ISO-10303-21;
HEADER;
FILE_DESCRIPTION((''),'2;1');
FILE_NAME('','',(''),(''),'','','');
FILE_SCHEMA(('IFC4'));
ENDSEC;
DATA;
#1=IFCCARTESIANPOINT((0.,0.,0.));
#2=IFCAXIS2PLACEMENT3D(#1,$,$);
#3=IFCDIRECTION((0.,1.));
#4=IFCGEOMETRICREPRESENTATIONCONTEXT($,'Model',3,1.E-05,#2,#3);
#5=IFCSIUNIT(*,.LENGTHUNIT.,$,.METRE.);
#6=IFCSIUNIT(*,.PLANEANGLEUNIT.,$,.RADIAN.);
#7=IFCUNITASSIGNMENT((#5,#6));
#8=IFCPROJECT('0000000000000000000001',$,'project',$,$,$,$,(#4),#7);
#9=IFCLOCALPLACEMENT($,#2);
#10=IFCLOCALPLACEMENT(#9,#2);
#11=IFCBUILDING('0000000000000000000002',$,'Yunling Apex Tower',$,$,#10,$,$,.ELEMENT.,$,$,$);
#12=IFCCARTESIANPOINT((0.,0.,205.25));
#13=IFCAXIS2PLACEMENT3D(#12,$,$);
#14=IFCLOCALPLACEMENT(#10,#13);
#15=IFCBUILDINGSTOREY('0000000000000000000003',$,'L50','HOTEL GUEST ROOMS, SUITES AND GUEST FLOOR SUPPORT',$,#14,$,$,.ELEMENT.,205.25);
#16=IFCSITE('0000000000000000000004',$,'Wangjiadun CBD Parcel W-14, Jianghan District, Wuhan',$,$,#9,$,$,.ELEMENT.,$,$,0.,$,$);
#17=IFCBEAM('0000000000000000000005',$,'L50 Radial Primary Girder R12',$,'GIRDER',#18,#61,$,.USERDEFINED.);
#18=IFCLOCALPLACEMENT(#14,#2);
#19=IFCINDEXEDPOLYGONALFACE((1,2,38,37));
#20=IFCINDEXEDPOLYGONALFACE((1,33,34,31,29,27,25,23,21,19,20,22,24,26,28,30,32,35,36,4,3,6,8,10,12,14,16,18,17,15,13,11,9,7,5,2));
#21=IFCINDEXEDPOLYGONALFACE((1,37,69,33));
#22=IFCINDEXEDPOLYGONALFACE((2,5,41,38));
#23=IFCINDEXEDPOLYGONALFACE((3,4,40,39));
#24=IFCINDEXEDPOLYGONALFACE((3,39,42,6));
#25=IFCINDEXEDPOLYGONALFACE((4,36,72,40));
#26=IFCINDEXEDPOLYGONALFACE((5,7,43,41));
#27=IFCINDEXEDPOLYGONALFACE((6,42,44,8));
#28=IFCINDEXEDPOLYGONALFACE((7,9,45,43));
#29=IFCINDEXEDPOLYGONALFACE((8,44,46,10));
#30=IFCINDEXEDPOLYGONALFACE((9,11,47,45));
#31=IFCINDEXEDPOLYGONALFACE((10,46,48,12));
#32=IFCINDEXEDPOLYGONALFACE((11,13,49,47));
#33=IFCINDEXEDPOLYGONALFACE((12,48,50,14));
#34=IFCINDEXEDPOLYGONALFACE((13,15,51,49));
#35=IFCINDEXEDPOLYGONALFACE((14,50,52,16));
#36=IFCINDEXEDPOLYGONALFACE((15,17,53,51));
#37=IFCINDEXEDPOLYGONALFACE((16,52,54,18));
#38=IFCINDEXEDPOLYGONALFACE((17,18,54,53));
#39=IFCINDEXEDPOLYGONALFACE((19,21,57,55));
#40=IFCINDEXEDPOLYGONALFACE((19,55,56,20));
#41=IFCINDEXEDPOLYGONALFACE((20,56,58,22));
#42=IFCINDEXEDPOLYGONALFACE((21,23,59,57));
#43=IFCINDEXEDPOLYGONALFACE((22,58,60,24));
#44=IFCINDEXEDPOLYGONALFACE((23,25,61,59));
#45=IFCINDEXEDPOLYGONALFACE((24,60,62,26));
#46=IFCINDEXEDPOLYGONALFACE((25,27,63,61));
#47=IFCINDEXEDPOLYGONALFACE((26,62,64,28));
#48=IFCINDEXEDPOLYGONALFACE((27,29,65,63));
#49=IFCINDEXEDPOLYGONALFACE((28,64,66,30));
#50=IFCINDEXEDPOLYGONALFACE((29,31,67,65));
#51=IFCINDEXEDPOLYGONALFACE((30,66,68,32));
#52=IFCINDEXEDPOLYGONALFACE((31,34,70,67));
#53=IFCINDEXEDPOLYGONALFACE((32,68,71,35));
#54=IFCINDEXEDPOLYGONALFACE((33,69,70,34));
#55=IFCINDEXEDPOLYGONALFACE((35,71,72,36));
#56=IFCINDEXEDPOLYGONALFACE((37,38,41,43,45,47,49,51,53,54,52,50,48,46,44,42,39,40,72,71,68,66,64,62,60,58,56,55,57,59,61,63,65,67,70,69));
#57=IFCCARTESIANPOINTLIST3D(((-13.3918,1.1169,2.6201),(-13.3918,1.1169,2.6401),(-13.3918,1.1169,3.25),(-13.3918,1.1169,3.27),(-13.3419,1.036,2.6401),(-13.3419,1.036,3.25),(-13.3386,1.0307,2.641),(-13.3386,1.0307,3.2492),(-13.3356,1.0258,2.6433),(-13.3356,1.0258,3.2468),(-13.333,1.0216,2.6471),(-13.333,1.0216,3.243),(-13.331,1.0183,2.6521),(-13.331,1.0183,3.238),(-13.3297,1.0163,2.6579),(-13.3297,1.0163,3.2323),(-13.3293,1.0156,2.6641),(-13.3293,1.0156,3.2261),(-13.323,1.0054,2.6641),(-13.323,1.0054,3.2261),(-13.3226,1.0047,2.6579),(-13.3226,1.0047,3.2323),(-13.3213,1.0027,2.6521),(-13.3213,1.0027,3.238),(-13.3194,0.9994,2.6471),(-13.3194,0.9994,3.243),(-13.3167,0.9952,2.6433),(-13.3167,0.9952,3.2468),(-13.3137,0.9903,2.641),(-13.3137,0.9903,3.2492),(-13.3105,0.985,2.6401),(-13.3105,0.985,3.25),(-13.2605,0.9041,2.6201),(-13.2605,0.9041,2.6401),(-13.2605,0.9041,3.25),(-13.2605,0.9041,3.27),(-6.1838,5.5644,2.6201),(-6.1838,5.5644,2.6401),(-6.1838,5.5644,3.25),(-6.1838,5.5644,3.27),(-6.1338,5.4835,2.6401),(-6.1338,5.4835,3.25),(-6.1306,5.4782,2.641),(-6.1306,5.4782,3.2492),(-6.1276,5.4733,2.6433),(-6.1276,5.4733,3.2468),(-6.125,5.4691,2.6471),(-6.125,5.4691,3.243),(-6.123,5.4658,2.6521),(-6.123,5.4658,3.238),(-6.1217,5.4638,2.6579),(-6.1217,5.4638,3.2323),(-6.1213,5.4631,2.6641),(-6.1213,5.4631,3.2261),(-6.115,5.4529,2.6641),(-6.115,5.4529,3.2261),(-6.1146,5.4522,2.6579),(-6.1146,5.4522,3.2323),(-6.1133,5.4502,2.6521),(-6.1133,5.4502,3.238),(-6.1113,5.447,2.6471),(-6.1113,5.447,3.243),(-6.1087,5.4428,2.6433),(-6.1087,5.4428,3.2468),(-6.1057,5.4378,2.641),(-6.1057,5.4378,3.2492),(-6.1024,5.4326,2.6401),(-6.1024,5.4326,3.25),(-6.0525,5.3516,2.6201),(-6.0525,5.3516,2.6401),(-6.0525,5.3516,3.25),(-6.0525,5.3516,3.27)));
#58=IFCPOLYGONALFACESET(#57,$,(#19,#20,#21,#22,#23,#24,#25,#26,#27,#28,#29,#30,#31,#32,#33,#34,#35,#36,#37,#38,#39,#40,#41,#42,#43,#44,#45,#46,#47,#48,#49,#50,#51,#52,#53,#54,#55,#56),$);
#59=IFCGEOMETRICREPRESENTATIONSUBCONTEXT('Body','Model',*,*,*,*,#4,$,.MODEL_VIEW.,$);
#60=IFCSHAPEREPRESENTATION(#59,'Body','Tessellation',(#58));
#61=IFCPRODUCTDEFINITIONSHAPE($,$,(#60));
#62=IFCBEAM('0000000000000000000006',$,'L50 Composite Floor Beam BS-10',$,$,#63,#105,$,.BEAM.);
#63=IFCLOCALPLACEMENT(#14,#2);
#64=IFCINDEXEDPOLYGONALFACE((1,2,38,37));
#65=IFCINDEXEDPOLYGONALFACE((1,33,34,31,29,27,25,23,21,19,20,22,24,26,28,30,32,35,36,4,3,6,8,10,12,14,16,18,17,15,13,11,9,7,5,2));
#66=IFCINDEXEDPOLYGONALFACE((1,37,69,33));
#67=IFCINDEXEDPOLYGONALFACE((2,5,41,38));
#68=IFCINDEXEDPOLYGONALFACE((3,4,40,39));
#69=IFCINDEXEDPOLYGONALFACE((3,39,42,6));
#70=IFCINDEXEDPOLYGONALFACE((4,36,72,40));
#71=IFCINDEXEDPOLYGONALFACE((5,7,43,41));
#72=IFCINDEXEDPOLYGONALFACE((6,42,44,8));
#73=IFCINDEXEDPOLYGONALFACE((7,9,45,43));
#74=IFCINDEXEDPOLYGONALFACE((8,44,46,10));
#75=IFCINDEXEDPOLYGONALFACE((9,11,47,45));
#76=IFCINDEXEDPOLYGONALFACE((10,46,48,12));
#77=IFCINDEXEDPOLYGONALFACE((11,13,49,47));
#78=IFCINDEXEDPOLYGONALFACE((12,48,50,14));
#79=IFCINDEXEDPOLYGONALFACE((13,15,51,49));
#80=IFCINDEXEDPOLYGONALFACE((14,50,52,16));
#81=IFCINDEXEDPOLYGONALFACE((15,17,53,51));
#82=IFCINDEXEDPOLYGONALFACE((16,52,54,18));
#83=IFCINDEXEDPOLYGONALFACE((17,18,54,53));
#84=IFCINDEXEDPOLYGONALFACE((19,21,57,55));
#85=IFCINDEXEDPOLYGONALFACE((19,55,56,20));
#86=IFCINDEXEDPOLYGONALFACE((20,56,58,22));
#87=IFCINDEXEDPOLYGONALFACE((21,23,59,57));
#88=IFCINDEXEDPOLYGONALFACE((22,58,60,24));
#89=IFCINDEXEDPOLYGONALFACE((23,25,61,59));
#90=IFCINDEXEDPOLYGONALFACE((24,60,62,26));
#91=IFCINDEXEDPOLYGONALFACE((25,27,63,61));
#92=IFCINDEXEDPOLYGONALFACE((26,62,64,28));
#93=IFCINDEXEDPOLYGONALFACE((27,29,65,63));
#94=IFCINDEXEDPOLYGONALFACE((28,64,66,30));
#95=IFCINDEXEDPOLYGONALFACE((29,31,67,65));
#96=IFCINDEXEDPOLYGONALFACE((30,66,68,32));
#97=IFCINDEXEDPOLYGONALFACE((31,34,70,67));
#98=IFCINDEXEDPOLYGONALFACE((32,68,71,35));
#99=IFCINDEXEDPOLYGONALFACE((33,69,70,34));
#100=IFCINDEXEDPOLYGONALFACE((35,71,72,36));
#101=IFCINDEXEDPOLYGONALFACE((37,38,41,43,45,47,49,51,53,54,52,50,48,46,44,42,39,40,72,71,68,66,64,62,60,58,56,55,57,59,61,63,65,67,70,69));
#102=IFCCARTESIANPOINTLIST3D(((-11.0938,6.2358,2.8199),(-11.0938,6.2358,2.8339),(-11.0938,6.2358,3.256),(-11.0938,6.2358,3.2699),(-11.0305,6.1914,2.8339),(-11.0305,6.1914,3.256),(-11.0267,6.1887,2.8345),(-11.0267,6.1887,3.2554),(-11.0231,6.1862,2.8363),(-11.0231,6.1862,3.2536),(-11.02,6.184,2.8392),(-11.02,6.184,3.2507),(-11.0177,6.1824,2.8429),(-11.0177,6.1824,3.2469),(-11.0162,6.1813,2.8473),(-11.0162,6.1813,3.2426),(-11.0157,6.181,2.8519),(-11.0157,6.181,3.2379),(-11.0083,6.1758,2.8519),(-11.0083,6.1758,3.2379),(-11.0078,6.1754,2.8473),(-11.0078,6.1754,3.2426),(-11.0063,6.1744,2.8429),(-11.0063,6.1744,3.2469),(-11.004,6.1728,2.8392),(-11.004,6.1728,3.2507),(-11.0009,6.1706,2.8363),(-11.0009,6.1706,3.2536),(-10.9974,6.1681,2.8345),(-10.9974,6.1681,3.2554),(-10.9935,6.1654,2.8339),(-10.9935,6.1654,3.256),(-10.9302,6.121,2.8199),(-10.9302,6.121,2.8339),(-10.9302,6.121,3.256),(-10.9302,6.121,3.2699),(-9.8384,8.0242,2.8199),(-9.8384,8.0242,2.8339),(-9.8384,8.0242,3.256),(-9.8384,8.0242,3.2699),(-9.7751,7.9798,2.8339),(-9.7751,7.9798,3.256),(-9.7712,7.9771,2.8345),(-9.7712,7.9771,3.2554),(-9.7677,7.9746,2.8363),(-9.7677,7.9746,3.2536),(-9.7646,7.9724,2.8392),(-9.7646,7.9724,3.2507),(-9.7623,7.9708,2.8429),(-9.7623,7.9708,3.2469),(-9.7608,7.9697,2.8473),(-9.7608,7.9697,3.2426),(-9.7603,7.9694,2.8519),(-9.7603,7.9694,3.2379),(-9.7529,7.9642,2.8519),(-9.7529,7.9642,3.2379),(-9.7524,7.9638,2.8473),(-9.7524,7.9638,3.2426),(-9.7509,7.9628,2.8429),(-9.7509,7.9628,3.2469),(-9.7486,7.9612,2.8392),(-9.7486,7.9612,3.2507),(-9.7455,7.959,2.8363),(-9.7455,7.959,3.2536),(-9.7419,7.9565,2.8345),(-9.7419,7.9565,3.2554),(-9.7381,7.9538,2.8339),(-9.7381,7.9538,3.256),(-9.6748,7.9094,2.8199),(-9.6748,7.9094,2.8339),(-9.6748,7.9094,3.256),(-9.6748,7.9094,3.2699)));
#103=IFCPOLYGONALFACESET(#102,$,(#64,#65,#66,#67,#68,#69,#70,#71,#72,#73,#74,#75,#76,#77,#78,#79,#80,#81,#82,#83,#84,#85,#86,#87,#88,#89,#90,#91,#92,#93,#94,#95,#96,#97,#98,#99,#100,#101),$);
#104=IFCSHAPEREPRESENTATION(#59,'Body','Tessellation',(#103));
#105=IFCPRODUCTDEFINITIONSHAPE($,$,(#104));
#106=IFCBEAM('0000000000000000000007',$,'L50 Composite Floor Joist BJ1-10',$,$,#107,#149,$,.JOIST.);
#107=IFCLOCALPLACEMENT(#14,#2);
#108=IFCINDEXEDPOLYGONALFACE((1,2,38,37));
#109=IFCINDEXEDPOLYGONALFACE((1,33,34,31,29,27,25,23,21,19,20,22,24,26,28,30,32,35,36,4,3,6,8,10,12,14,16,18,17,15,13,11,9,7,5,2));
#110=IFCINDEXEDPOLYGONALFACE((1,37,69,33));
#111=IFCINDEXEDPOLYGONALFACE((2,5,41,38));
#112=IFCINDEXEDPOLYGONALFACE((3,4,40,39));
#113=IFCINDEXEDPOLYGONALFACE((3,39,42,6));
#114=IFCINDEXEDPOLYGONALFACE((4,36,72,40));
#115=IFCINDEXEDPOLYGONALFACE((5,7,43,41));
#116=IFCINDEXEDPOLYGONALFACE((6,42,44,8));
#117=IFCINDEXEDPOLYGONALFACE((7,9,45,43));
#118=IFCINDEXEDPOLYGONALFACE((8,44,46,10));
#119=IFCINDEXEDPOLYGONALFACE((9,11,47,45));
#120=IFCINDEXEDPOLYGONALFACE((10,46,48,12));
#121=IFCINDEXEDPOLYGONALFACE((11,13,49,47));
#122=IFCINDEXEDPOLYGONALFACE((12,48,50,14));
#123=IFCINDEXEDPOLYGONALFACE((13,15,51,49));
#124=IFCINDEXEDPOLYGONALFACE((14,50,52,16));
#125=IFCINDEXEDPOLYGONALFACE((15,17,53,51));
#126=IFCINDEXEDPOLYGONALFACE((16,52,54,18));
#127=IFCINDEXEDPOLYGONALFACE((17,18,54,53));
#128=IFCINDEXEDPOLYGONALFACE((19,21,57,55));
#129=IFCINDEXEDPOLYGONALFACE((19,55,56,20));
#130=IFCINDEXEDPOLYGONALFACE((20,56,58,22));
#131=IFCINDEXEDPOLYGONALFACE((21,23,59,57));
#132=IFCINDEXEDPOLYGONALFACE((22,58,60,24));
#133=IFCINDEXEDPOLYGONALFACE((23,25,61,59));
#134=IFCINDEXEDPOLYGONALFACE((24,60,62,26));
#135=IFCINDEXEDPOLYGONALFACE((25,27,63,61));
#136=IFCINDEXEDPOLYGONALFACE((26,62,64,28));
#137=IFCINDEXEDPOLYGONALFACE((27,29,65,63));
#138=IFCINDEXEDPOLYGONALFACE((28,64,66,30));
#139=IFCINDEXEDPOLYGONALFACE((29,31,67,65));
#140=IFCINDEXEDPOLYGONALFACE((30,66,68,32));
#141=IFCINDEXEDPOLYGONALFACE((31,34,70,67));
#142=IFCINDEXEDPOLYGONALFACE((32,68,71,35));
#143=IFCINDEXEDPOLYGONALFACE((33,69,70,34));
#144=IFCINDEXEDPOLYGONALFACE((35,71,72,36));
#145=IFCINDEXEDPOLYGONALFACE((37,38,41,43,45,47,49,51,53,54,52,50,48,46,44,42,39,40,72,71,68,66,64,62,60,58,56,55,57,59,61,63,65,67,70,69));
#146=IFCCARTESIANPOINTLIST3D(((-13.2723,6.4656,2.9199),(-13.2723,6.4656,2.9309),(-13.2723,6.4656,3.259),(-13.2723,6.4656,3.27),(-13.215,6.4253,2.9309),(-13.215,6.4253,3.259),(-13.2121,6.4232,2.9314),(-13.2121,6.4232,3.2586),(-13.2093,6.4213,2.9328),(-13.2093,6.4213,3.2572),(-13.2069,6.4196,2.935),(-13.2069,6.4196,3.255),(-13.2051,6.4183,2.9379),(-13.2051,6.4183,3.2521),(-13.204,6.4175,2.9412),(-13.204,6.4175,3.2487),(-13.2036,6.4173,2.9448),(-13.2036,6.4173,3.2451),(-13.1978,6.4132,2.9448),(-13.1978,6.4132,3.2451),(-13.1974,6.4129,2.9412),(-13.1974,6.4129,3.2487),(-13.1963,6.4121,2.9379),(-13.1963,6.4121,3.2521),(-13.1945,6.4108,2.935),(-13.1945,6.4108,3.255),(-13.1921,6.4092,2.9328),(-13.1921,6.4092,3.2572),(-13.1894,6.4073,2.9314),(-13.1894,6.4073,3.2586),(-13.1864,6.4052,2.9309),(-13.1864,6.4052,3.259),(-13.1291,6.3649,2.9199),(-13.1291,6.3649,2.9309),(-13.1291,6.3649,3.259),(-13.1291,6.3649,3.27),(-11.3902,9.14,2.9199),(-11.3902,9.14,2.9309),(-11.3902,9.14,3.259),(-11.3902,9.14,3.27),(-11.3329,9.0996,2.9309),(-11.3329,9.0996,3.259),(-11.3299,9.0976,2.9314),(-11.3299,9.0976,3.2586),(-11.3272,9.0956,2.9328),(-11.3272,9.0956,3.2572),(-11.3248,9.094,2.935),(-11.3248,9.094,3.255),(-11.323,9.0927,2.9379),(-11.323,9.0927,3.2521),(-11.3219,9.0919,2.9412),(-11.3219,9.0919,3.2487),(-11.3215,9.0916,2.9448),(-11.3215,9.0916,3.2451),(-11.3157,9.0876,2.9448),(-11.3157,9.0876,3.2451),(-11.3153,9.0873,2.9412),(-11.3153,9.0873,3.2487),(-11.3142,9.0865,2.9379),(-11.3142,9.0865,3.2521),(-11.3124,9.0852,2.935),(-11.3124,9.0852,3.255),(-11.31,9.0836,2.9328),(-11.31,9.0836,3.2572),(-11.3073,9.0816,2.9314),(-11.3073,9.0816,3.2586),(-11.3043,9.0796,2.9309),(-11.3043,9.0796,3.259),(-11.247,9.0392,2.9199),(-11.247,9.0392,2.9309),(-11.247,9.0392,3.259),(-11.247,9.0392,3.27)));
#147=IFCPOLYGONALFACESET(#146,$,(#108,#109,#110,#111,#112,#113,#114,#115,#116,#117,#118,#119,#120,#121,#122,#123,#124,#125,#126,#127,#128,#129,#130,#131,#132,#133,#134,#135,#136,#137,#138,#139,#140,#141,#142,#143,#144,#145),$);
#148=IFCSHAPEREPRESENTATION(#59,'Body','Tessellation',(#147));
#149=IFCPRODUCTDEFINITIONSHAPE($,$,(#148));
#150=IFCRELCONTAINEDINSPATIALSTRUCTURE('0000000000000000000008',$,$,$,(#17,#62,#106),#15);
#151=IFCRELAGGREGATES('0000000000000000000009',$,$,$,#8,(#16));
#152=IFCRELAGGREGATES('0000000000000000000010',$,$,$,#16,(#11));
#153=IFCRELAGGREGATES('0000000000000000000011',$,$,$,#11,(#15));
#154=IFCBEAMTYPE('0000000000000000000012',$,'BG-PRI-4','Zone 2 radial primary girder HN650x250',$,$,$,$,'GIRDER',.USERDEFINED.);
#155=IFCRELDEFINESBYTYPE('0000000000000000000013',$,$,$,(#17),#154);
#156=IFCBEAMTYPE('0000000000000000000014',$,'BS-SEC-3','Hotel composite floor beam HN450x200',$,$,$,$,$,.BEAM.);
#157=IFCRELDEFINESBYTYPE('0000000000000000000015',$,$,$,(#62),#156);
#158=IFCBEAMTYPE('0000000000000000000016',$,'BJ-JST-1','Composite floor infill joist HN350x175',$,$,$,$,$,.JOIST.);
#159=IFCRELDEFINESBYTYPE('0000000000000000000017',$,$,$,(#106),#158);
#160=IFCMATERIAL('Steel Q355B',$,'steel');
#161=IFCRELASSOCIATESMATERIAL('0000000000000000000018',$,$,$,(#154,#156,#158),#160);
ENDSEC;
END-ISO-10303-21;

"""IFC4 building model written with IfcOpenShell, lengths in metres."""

from ifc_helpers import new_model, si_unit, direction, frame, origin, origin_2d, place, context, subcontext, project, spatial, i_section, extrude, source, transform, mapped, material, material_profile, profile_set, type_object, element, save


model = new_model("IFC4")

# Units and contexts
model_context = context("Model", 3, precision=1e-05, world=origin(), true_north=direction((0.0, 1.0)))
body_context = subcontext(model_context, "Body", "Model", "MODEL_VIEW")
ifc_project = project(units=[si_unit("LENGTHUNIT", "METRE"), si_unit("PLANEANGLEUNIT", "RADIAN")], contexts=[model_context])

# Site, building, storey
site_placement = place(None, origin())
site = spatial("IfcSite", under=ifc_project, at=site_placement, Name="Wangjiadun CBD Parcel W-14, Jianghan District, Wuhan", CompositionType="ELEMENT", RefElevation=0.0)
building_placement = place(site_placement, origin())
building = spatial("IfcBuilding", under=site, at=building_placement, Name="Yunling Apex Tower", CompositionType="ELEMENT")
storey_placement = place(building_placement, frame((0.0, 0.0, 205.25)))
storey = spatial("IfcBuildingStorey", under=building, at=storey_placement, Name="L50", Description="HOTEL GUEST ROOMS, SUITES AND GUEST FLOOR SUPPORT", CompositionType="ELEMENT", Elevation=205.25)

# Beams
ifc_material_1 = material(Name="Steel Q355B", Category="steel")
ifc_material_profile_1 = material_profile(ifc_material_1, i_section(OverallWidth=0.25, OverallDepth=0.6499, WebThickness=0.012, FlangeThickness=0.02, FilletRadius=0.0239, at=origin_2d()))
ifc_profile_set_1 = profile_set([ifc_material_profile_1], Name="Steel Q355B")
beam_type_1 = type_object("IfcBeamType", Name="BG-PRI-4", Description="Zone 2 radial primary girder HN650x250", ElementType="GIRDER", PredefinedType="USERDEFINED", material=ifc_profile_set_1)
shared_shape_1 = source(origin(), body_context, "Body", "SweptSolid", [
    extrude(i_section(OverallWidth=0.25, OverallDepth=0.6499, WebThickness=0.012, FlangeThickness=0.02, FilletRadius=0.0239, at=origin_2d()), origin(), (0.0, 0.0, 1.0), 8.4697),
])
beam_1_placement = place(storey_placement, frame((-13.3262, 1.0105, 2.9451), z_axis=(0.851035, 0.525109, 0.0), x_axis=(-0.525109, 0.851035, 0.0)))
element("IfcBeam", 1, at=beam_1_placement, inside=storey, type_object=beam_type_1, Name="L50 Radial Primary Girder R12", ObjectType="GIRDER", PredefinedType="USERDEFINED", context=body_context, shape_type="MappedRepresentation", body=[
    mapped(shared_shape_1, transform((0.0, 0.0, 0.0), scale=1.0)),
])
ifc_material_profile_2 = material_profile(ifc_material_1, i_section(OverallWidth=0.2, OverallDepth=0.45, WebThickness=0.009, FlangeThickness=0.0139, FilletRadius=0.0181, at=origin_2d()))
ifc_profile_set_2 = profile_set([ifc_material_profile_2], Name="Steel Q355B")
beam_type_2 = type_object("IfcBeamType", Name="BS-SEC-3", Description="Hotel composite floor beam HN450x200", PredefinedType="BEAM", material=ifc_profile_set_2)
shared_shape_2 = source(origin(), body_context, "Body", "SweptSolid", [
    extrude(i_section(OverallWidth=0.2, OverallDepth=0.45, WebThickness=0.009, FlangeThickness=0.0139, FilletRadius=0.0181, at=origin_2d()), origin(), (0.0, 0.0, 1.0), 2.1851),
])
beam_2_placement = place(storey_placement, frame((-9.7566, 7.9668, 3.0449), z_axis=(-0.574549, -0.81847, 0.0), x_axis=(0.81847, -0.574549, 0.0)))
element("IfcBeam", 2, at=beam_2_placement, inside=storey, type_object=beam_type_2, Name="L50 Composite Floor Beam BS-10", PredefinedType="BEAM", context=body_context, shape_type="MappedRepresentation", body=[
    mapped(shared_shape_2, transform((0.0, 0.0, 0.0), scale=1.0)),
])
ifc_material_profile_3 = material_profile(ifc_material_1, i_section(OverallWidth=0.175, OverallDepth=0.3501, WebThickness=0.0071, FlangeThickness=0.011, FilletRadius=0.0139, at=origin_2d()))
ifc_profile_set_3 = profile_set([ifc_material_profile_3], Name="Steel Q355B")
beam_type_3 = type_object("IfcBeamType", Name="BJ-JST-1", Description="Composite floor infill joist HN350x175", PredefinedType="JOIST", material=ifc_profile_set_3)
shared_shape_3 = source(origin(), body_context, "Body", "SweptSolid", [
    extrude(i_section(OverallWidth=0.175, OverallDepth=0.3501, WebThickness=0.0071, FlangeThickness=0.011, FilletRadius=0.0139, at=origin_2d()), origin(), (0.0, 0.0, 1.0), 3.2703),
])
beam_3_placement = place(storey_placement, frame((-11.3186, 9.0896, 3.095), z_axis=(-0.575525, -0.817784, 0.0), x_axis=(0.817784, -0.575525, 0.0)))
element("IfcBeam", 3, at=beam_3_placement, inside=storey, type_object=beam_type_3, Name="L50 Composite Floor Joist BJ1-10", PredefinedType="JOIST", context=body_context, shape_type="MappedRepresentation", body=[
    mapped(shared_shape_3, transform((0.0, 0.0, 0.0), scale=1.0)),
])

save(model, "model.ifc")
